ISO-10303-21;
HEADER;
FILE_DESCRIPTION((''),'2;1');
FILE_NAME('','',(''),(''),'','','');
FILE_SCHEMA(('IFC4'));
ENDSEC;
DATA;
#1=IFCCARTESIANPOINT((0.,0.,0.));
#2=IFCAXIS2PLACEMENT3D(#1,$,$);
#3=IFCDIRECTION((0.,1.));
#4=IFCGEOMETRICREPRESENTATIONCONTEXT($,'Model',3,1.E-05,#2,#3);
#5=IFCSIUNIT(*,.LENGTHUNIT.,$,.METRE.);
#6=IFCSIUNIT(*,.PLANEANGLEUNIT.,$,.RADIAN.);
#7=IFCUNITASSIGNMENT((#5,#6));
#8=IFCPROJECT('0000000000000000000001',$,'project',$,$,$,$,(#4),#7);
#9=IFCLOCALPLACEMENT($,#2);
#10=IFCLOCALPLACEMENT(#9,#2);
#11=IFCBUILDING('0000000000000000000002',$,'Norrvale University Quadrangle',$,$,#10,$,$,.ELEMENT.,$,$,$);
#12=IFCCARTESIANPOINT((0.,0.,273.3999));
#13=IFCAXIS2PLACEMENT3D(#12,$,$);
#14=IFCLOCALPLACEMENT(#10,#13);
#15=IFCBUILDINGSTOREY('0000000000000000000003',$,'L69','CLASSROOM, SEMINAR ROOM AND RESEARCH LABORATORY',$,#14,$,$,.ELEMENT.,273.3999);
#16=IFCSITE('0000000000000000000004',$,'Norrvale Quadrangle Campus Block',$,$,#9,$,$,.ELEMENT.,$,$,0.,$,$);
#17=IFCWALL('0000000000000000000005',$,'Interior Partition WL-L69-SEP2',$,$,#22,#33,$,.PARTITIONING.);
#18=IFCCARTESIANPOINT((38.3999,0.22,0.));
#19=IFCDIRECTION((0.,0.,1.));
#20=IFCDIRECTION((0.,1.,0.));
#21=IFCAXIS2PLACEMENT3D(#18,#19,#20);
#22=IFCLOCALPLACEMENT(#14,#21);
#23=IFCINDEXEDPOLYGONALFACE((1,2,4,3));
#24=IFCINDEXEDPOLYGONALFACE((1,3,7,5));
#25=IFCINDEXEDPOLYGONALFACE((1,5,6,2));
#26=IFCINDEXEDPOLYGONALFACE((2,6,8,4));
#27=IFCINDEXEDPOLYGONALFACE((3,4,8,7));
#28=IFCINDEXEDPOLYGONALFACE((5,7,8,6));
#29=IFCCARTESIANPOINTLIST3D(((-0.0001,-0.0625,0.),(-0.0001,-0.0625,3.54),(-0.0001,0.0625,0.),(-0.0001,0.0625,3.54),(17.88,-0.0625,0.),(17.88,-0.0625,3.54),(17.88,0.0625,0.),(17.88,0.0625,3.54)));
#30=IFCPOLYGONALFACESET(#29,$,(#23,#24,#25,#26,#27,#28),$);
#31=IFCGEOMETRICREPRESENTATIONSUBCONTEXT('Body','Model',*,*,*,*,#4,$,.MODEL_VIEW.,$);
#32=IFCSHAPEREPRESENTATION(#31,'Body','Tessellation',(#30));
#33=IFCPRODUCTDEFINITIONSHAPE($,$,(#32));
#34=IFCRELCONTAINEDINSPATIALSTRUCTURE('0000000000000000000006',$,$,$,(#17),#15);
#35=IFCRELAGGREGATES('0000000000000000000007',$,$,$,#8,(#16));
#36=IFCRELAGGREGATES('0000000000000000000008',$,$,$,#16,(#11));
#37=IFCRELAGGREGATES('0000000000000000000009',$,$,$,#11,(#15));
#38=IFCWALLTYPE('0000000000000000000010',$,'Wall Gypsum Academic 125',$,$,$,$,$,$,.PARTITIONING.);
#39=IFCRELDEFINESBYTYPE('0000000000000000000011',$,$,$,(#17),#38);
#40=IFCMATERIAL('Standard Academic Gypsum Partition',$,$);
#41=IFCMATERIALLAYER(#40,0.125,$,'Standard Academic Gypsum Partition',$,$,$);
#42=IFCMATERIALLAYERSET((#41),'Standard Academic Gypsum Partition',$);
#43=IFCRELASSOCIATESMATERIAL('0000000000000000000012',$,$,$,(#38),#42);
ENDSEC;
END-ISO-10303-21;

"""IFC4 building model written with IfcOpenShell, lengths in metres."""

from ifc_helpers import new_model, si_unit, direction, frame, frame_2d, origin, place, context, subcontext, project, spatial, rectangle, extrude, material, layer, layer_set, type_object, element, save


model = new_model("IFC4")

# Units and contexts
model_context = context("Model", 3, precision=1e-05, world=origin(), true_north=direction((0.0, 1.0)))
body_context = subcontext(model_context, "Body", "Model", "MODEL_VIEW")
ifc_project = project(units=[si_unit("LENGTHUNIT", "METRE"), si_unit("PLANEANGLEUNIT", "RADIAN")], contexts=[model_context])

# Site, building, storey
site_placement = place(None, origin())
site = spatial("IfcSite", under=ifc_project, at=site_placement, Name="Norrvale Quadrangle Campus Block", CompositionType="ELEMENT", RefElevation=0.0)
building_placement = place(site_placement, origin())
building = spatial("IfcBuilding", under=site, at=building_placement, Name="Norrvale University Quadrangle", CompositionType="ELEMENT")
storey_placement = place(building_placement, frame((0.0, 0.0, 273.3999)))
storey = spatial("IfcBuildingStorey", under=building, at=storey_placement, Name="L69", Description="CLASSROOM, SEMINAR ROOM AND RESEARCH LABORATORY", CompositionType="ELEMENT", Elevation=273.3999)

# Wall
ifc_material_1 = material(Name="Standard Academic Gypsum Partition")
ifc_layer_1 = layer(ifc_material_1, 0.125, Name="Standard Academic Gypsum Partition")
ifc_layer_set_1 = layer_set([ifc_layer_1], Name="Standard Academic Gypsum Partition")
wall_type_1 = type_object("IfcWallType", Name="Wall Gypsum Academic 125", PredefinedType="PARTITIONING", material=ifc_layer_set_1)
wall_1_placement = place(storey_placement, frame((38.3999, 0.22, 0.0), z_axis=(0.0, 0.0, 1.0), x_axis=(0.0, 1.0, 0.0)))
element("IfcWall", 1, at=wall_1_placement, inside=storey, type_object=wall_type_1, Name="Interior Partition WL-L69-SEP2", PredefinedType="PARTITIONING", context=body_context, shape_type="SweptSolid", body=[
    extrude(rectangle(XDim=17.8801, YDim=0.125, at=frame_2d((8.9399, 0.0))), origin(), (0.0, 0.0, 1.0), 3.54),
])

save(model, "model.ifc")
